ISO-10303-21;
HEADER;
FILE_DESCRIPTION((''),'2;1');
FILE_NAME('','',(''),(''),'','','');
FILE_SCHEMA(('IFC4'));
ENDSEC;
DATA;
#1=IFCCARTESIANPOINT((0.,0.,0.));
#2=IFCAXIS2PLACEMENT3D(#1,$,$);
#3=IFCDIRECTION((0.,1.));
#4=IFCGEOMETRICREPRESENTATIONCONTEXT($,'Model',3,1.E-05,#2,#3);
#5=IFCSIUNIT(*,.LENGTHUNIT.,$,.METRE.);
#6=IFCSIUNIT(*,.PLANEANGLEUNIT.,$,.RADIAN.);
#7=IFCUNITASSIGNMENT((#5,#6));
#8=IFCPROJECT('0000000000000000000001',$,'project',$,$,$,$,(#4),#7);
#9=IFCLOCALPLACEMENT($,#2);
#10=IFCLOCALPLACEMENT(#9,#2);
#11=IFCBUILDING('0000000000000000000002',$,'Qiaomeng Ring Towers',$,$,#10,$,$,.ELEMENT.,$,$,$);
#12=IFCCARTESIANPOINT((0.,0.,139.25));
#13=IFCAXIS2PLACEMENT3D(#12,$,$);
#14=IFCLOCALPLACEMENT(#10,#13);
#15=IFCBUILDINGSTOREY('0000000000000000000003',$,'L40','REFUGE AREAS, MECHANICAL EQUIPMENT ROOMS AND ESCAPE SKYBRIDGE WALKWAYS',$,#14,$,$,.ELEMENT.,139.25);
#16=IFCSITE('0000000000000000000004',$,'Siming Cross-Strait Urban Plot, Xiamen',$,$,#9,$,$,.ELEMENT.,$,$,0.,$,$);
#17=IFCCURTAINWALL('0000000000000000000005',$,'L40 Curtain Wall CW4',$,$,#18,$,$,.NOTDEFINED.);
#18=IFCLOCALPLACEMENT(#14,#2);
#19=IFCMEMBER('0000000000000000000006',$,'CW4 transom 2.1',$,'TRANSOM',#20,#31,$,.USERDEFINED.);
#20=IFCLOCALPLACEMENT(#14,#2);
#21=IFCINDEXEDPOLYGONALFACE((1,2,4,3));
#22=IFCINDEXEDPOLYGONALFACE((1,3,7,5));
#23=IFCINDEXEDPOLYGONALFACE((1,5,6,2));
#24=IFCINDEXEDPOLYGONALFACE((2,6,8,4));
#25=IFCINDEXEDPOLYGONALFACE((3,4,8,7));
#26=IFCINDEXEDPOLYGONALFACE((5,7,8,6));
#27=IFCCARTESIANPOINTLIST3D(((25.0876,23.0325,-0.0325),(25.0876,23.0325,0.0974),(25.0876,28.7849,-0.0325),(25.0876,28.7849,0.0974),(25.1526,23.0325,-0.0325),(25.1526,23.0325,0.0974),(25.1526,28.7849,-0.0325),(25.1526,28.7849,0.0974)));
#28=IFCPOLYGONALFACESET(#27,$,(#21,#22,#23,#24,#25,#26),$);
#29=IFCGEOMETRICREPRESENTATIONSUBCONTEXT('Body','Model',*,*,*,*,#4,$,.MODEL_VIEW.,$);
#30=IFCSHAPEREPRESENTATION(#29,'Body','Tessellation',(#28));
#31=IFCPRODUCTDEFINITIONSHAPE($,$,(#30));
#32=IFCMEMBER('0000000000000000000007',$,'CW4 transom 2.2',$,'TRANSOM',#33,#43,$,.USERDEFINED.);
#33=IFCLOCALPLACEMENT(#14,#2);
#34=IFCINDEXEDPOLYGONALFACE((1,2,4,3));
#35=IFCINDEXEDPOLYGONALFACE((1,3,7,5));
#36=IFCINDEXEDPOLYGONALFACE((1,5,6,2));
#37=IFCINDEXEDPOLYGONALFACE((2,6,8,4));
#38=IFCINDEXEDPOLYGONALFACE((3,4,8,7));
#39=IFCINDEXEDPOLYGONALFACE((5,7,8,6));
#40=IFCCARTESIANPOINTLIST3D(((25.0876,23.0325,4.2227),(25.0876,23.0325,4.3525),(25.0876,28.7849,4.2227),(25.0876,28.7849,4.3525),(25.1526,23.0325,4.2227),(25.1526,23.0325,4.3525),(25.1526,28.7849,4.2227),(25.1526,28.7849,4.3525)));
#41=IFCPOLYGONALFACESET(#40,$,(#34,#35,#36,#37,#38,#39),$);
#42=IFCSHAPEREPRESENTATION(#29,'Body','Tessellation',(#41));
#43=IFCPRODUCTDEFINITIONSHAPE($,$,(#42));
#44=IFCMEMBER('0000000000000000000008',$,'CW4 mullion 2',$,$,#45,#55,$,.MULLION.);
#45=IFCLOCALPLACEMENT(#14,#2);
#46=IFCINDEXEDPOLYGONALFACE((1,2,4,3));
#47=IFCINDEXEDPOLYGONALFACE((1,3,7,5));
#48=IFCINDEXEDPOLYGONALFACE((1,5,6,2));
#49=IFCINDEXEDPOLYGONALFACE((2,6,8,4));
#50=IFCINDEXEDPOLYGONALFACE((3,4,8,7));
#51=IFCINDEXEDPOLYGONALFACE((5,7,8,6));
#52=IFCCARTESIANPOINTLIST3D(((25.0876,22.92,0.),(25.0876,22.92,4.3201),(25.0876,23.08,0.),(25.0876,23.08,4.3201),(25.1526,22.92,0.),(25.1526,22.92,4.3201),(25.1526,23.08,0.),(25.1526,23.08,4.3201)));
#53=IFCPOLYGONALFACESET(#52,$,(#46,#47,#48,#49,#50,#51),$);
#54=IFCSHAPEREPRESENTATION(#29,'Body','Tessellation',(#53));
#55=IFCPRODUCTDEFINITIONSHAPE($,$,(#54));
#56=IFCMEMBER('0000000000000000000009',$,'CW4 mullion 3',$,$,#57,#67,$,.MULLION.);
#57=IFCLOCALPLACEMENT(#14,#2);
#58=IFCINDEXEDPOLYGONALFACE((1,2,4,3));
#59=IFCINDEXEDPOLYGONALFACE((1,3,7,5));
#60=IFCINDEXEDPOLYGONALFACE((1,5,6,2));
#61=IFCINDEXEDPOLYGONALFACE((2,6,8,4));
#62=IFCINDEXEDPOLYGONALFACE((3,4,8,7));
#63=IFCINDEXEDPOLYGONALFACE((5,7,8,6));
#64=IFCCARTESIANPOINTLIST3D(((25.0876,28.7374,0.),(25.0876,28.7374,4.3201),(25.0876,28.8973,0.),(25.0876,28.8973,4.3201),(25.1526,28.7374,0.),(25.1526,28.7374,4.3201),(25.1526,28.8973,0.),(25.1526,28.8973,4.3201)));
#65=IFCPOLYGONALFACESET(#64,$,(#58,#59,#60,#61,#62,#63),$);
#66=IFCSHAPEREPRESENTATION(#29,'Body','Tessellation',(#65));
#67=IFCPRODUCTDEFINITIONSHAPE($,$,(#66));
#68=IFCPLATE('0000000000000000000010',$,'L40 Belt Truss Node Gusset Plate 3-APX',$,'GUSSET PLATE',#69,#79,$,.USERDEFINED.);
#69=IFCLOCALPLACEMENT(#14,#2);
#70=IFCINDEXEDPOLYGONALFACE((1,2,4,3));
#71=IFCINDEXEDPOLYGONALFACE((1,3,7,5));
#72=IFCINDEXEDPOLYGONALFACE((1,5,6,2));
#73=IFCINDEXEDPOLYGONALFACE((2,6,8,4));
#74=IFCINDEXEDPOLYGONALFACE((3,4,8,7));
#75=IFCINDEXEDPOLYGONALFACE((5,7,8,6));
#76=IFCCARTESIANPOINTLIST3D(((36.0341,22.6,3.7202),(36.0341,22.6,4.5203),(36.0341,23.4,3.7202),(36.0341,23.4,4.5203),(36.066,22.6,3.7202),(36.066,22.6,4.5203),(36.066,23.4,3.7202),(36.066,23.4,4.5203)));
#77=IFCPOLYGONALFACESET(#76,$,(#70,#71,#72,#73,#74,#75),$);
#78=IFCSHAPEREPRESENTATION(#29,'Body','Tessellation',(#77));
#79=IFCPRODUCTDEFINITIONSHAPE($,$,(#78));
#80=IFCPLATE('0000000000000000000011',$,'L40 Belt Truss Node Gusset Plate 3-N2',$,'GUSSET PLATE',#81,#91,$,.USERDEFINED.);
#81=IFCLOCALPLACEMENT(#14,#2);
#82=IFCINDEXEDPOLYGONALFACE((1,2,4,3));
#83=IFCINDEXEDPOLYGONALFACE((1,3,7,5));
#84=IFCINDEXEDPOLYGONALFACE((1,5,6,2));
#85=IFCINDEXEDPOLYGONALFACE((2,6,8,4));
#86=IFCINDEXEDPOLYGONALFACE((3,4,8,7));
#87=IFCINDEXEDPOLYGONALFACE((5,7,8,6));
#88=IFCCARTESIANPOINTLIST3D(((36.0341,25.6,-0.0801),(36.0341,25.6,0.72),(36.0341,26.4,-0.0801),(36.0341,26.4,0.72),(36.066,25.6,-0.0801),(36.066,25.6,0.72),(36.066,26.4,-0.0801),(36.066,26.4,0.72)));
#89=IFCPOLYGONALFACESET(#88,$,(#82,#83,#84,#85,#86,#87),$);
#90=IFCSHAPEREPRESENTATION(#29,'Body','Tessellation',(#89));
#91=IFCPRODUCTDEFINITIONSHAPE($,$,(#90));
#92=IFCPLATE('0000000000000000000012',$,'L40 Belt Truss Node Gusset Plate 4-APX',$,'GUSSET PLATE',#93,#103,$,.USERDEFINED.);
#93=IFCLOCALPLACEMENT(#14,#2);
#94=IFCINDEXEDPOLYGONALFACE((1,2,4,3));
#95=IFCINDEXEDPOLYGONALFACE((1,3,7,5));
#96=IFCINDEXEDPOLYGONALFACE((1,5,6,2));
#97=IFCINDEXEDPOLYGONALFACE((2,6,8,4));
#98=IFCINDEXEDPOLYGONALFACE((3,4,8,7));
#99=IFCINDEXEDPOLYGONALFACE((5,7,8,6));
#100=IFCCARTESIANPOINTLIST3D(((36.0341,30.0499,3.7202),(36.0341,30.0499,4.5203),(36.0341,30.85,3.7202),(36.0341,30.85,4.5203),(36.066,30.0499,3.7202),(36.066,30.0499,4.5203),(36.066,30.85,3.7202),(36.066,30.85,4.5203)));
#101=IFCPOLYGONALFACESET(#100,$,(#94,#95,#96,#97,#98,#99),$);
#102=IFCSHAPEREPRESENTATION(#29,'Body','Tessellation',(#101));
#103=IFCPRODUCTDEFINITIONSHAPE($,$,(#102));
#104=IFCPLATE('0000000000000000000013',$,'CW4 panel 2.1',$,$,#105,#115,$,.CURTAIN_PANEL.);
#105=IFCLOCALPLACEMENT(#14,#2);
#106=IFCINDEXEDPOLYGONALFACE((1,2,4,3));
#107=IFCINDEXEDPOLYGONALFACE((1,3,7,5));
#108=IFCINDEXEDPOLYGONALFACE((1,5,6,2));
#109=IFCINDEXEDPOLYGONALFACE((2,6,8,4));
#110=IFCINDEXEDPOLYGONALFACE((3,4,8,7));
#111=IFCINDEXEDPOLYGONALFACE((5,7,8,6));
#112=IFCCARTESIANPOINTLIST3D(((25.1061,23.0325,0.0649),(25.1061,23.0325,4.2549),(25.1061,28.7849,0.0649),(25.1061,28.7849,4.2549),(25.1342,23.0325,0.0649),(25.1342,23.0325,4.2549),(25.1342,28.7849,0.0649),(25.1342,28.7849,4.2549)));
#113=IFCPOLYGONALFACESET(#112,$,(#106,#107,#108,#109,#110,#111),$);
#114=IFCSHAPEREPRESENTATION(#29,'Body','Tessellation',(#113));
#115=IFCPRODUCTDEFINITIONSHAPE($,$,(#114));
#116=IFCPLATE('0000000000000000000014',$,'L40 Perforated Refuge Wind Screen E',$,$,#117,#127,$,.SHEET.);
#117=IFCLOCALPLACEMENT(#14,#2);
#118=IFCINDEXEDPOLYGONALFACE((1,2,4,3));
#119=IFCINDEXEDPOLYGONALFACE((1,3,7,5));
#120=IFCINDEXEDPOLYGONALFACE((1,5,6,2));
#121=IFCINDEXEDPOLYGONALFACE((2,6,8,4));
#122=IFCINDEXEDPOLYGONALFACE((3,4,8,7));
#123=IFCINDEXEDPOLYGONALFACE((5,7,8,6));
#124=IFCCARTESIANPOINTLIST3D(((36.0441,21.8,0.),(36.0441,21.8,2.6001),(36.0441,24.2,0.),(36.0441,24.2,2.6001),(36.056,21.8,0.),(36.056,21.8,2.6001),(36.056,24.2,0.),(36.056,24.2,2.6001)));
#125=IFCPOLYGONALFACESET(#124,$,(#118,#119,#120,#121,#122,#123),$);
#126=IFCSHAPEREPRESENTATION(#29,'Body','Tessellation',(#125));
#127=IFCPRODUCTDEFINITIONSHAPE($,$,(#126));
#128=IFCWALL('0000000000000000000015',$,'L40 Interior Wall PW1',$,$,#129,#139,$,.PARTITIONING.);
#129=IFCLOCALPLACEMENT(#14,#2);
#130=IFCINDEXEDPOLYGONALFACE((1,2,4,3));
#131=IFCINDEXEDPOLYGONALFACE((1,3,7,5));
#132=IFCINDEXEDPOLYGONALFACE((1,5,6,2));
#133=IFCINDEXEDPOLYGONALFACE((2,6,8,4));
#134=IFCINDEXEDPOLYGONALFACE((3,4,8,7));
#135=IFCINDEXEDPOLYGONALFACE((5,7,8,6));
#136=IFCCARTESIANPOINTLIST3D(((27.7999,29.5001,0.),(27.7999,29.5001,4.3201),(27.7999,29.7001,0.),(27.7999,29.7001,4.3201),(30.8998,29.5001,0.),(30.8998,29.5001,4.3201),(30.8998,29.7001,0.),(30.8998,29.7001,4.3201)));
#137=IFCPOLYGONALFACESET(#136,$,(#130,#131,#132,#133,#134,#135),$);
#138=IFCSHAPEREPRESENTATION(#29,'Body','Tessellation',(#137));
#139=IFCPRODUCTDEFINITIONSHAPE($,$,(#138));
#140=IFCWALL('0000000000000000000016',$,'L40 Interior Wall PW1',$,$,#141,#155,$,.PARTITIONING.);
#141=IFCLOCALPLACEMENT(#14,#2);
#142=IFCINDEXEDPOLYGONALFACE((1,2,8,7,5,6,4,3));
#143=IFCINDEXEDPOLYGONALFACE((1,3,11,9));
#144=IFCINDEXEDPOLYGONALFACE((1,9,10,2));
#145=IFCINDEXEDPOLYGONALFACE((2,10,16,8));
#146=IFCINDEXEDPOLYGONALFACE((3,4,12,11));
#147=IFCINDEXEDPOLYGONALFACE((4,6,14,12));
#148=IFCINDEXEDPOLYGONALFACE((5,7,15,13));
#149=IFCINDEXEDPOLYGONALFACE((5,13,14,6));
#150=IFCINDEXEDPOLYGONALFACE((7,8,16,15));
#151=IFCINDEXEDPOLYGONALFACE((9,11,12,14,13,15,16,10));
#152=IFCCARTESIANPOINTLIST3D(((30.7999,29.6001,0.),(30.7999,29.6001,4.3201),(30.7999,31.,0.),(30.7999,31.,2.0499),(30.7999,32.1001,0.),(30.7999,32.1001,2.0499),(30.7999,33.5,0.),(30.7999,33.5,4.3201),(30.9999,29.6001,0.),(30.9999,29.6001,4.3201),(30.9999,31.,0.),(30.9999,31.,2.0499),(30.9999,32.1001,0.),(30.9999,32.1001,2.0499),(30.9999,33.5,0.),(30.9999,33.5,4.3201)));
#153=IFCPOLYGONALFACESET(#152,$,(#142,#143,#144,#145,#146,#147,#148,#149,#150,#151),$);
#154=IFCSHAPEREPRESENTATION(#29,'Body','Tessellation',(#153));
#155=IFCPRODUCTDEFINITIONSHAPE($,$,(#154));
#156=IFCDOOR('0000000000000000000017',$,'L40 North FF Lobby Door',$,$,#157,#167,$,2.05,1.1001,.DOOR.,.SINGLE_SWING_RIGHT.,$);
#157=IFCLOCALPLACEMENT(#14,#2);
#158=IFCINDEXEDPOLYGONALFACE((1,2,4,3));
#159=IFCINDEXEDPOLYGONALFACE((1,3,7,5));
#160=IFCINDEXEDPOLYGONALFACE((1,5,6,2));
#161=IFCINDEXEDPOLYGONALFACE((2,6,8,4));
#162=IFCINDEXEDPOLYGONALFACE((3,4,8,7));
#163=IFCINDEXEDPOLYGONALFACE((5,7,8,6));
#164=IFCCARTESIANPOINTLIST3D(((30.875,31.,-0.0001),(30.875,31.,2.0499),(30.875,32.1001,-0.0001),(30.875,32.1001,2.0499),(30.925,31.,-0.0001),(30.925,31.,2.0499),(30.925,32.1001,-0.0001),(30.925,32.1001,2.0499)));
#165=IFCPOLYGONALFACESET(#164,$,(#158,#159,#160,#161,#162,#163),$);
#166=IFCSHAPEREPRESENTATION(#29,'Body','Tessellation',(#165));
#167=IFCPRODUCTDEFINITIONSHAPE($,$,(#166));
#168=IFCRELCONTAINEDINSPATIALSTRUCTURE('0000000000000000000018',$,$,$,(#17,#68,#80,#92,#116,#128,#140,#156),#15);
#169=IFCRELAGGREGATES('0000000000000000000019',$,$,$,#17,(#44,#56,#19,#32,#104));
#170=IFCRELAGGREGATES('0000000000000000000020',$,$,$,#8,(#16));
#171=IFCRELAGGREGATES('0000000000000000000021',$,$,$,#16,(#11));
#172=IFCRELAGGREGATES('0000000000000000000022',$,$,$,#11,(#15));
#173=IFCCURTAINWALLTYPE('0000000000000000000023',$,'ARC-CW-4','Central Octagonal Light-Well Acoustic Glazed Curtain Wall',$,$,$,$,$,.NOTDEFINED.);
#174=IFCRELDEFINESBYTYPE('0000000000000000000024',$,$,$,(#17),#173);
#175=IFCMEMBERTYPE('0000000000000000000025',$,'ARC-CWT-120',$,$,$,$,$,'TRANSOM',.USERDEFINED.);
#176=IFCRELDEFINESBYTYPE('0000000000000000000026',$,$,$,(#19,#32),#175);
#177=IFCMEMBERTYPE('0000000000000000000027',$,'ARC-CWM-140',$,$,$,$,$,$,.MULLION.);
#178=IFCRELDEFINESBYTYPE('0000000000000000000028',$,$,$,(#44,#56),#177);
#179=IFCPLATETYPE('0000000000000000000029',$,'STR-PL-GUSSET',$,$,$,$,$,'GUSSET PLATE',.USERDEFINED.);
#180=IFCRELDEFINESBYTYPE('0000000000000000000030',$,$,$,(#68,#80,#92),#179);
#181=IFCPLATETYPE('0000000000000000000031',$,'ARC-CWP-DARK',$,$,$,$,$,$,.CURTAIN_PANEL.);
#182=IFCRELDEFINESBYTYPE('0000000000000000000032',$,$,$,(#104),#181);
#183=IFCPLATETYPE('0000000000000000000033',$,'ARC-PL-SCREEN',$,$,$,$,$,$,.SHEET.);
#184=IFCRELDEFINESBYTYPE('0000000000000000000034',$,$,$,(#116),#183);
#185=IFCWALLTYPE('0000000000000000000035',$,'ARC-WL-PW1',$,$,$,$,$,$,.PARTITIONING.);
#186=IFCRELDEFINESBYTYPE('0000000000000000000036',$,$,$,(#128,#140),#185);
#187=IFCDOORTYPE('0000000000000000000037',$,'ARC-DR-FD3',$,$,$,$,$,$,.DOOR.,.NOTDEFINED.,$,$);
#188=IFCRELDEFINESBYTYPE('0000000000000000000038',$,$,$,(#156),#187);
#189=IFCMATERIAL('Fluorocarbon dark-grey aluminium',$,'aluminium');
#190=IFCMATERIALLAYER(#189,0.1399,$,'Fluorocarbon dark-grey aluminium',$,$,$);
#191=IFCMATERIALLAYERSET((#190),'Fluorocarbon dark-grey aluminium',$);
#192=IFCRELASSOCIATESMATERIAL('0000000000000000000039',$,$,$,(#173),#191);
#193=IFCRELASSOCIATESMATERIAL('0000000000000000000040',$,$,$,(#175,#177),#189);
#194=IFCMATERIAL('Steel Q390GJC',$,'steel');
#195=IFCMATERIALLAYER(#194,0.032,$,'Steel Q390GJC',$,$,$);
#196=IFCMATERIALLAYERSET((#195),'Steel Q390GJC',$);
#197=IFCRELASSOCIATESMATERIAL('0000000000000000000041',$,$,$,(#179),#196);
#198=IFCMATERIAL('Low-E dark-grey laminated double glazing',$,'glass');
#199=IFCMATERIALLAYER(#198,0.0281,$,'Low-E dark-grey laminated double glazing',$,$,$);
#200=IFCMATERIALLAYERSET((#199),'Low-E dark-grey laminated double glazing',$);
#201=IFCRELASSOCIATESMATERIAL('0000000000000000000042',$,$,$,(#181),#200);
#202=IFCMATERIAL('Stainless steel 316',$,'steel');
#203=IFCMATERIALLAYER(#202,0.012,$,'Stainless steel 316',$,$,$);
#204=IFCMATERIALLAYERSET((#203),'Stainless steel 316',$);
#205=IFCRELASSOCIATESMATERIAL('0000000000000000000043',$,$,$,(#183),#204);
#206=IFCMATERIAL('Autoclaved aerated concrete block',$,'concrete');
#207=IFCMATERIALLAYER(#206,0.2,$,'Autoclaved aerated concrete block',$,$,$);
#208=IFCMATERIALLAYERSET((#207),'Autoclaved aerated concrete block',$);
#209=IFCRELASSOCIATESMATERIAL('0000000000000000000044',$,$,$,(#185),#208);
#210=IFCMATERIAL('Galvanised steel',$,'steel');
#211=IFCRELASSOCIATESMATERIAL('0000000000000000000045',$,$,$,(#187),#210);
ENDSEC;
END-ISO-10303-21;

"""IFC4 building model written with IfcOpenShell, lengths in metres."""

from ifc_helpers import new_model, si_unit, direction, frame, frame_2d, origin, origin_2d, place, context, subcontext, project, spatial, rectangle, extrude, source, transform, mapped, material, layer, layer_set, material_profile, profile_set, type_object, element, fill, aggregate, save


model = new_model("IFC4")

# Units and contexts
model_context = context("Model", 3, precision=1e-05, world=origin(), true_north=direction((0.0, 1.0)))
body_context = subcontext(model_context, "Body", "Model", "MODEL_VIEW")
ifc_project = project(units=[si_unit("LENGTHUNIT", "METRE"), si_unit("PLANEANGLEUNIT", "RADIAN")], contexts=[model_context])

# Site, building, storey
site_placement = place(None, origin())
site = spatial("IfcSite", under=ifc_project, at=site_placement, Name="Siming Cross-Strait Urban Plot, Xiamen", CompositionType="ELEMENT", RefElevation=0.0)
building_placement = place(site_placement, origin())
building = spatial("IfcBuilding", under=site, at=building_placement, Name="Qiaomeng Ring Towers", CompositionType="ELEMENT")
storey_placement = place(building_placement, frame((0.0, 0.0, 139.25)))
storey = spatial("IfcBuildingStorey", under=building, at=storey_placement, Name="L40", Description="REFUGE AREAS, MECHANICAL EQUIPMENT ROOMS AND ESCAPE SKYBRIDGE WALKWAYS", CompositionType="ELEMENT", Elevation=139.25)

# Shared definitions
ifc_material_1 = material(Name="Steel Q390GJC", Category="steel")

# Curtain wall, members
ifc_material_2 = material(Name="Fluorocarbon dark-grey aluminium", Category="aluminium")
ifc_layer_1 = layer(ifc_material_2, 0.1399, Name="Fluorocarbon dark-grey aluminium")
ifc_layer_set_1 = layer_set([ifc_layer_1], Name="Fluorocarbon dark-grey aluminium")
curtain_wall_type = type_object("IfcCurtainWallType", Name="ARC-CW-4", Description="Central Octagonal Light-Well Acoustic Glazed Curtain Wall", PredefinedType="NOTDEFINED", material=ifc_layer_set_1)
curtain_wall_placement = place(storey_placement, origin())
curtain_wall = element("IfcCurtainWall", 1, at=curtain_wall_placement, inside=storey, type_object=curtain_wall_type, Name="L40 Curtain Wall CW4", PredefinedType="NOTDEFINED")
ifc_material_profile_1 = material_profile(ifc_material_2, rectangle(XDim=0.0649, YDim=0.1299, at=origin_2d()), Name="ALU TRAN 65x130")
ifc_profile_set_1 = profile_set([ifc_material_profile_1], Name="Fluorocarbon dark-grey aluminium")
member_type_1 = type_object("IfcMemberType", Name="ARC-CWT-120", ElementType="TRANSOM", PredefinedType="USERDEFINED", material=ifc_profile_set_1)
shared_shape_1 = source(origin(), body_context, "Body", "SweptSolid", [
    extrude(rectangle(XDim=0.0649, YDim=0.1299, at=origin_2d()), origin(), (0.0, 0.0, 1.0), 5.7524),
])
member_1_placement = place(storey_placement, frame((25.1201, 23.0325, 0.0325), z_axis=(0.0, 1.0, 0.0), x_axis=(-1.0, 0.0, 0.0)))
member_1 = element("IfcMember", 2, at=member_1_placement, type_object=member_type_1, Name="CW4 transom 2.1", ObjectType="TRANSOM", PredefinedType="USERDEFINED", context=body_context, shape_type="MappedRepresentation", body=[
    mapped(shared_shape_1, transform((0.0, 0.0, 0.0), x_axis=(1.0, 0.0, 0.0), y_axis=(0.0, 1.0, 0.0), z_axis=(0.0, 0.0, 1.0), scale=1.0)),
])
member_2_placement = place(storey_placement, frame((25.1201, 23.0325, 4.2876), z_axis=(0.0, 1.0, 0.0), x_axis=(-1.0, 0.0, 0.0)))
member_2 = element("IfcMember", 3, at=member_2_placement, type_object=member_type_1, Name="CW4 transom 2.2", ObjectType="TRANSOM", PredefinedType="USERDEFINED", context=body_context, shape_type="MappedRepresentation", body=[
    mapped(shared_shape_1, transform((0.0, 0.0, 0.0), x_axis=(1.0, 0.0, 0.0), y_axis=(0.0, 1.0, 0.0), z_axis=(0.0, 0.0, 1.0), scale=1.0)),
])
ifc_material_profile_2 = material_profile(ifc_material_2, rectangle(XDim=0.0649, YDim=0.1599, at=origin_2d()), Name="ALU MULL 65x160")
ifc_profile_set_2 = profile_set([ifc_material_profile_2], Name="Fluorocarbon dark-grey aluminium")
member_type_2 = type_object("IfcMemberType", Name="ARC-CWM-140", PredefinedType="MULLION", material=ifc_profile_set_2)
shared_shape_2 = source(origin(), body_context, "Body", "SweptSolid", [
    extrude(rectangle(XDim=0.0649, YDim=0.1599, at=origin_2d()), origin(), (0.0, 0.0, 1.0), 4.3201),
])
member_3_placement = place(storey_placement, frame((25.1201, 23.0, 0.0), z_axis=(0.0, 0.0, 1.0), x_axis=(-1.0, 0.0, 0.0)))
member_3 = element("IfcMember", 4, at=member_3_placement, type_object=member_type_2, Name="CW4 mullion 2", PredefinedType="MULLION", context=body_context, shape_type="MappedRepresentation", body=[
    mapped(shared_shape_2, transform((0.0, 0.0, 0.0), x_axis=(1.0, 0.0, 0.0), y_axis=(0.0, 1.0, 0.0), z_axis=(0.0, 0.0, 1.0), scale=1.0)),
])
member_4_placement = place(storey_placement, frame((25.1201, 28.8174, 0.0), z_axis=(0.0, 0.0, 1.0), x_axis=(-1.0, 0.0, 0.0)))
member_4 = element("IfcMember", 5, at=member_4_placement, type_object=member_type_2, Name="CW4 mullion 3", PredefinedType="MULLION", context=body_context, shape_type="MappedRepresentation", body=[
    mapped(shared_shape_2, transform((0.0, 0.0, 0.0), x_axis=(1.0, 0.0, 0.0), y_axis=(0.0, 1.0, 0.0), z_axis=(0.0, 0.0, 1.0), scale=1.0)),
])

# Plates
ifc_layer_2 = layer(ifc_material_1, 0.032, Name="Steel Q390GJC")
ifc_layer_set_2 = layer_set([ifc_layer_2], Name="Steel Q390GJC")
plate_type_1 = type_object("IfcPlateType", Name="STR-PL-GUSSET", ElementType="GUSSET PLATE", PredefinedType="USERDEFINED", material=ifc_layer_set_2)
shared_shape_3 = source(origin(), body_context, "Body", "SweptSolid", [
    extrude(rectangle(XDim=0.8, YDim=0.032, at=origin_2d()), origin(), (0.0, 0.0, 1.0), 0.8),
])
for number, where, z_axis, x_axis, name in (
    (6, (36.05, 23.0, 3.7202), (0.0, 0.0, 1.0), (0.0, 1.0, 0.0), "L40 Belt Truss Node Gusset Plate 3-APX"),
    (7, (36.05, 26.0, -0.0801), (0.0, 0.0, 1.0), (0.0, 1.0, 0.0), "L40 Belt Truss Node Gusset Plate 3-N2"),
    (8, (36.05, 30.45, 3.7202), (0.0, 0.0, 1.0), (0.0, 1.0, 0.0), "L40 Belt Truss Node Gusset Plate 4-APX"),
):
    element("IfcPlate", number, at=place(storey_placement, frame(where, z_axis=z_axis, x_axis=x_axis)), inside=storey, type_object=plate_type_1, Name=name, ObjectType="GUSSET PLATE", PredefinedType="USERDEFINED", context=body_context, shape_type="MappedRepresentation", body=[
        mapped(shared_shape_3, transform((0.0, 0.0, 0.0), x_axis=(1.0, 0.0, 0.0), y_axis=(0.0, 1.0, 0.0), z_axis=(0.0, 0.0, 1.0), scale=1.0)),
    ])

# Plates
ifc_material_3 = material(Name="Low-E dark-grey laminated double glazing", Category="glass")
ifc_layer_3 = layer(ifc_material_3, 0.0281, Name="Low-E dark-grey laminated double glazing")
ifc_layer_set_3 = layer_set([ifc_layer_3], Name="Low-E dark-grey laminated double glazing")
plate_type_2 = type_object("IfcPlateType", Name="ARC-CWP-DARK", PredefinedType="CURTAIN_PANEL", material=ifc_layer_set_3)
shared_shape_4 = source(origin(), body_context, "Body", "SweptSolid", [
    extrude(rectangle(XDim=5.7524, YDim=0.0281, at=origin_2d()), origin(), (0.0, 0.0, 1.0), 4.1899),
])
plate_1_placement = place(storey_placement, frame((25.1201, 25.9087, 0.0649), z_axis=(0.0, 0.0, 1.0), x_axis=(0.0, 1.0, 0.0)))
plate_1 = element("IfcPlate", 9, at=plate_1_placement, type_object=plate_type_2, Name="CW4 panel 2.1", PredefinedType="CURTAIN_PANEL", context=body_context, shape_type="MappedRepresentation", body=[
    mapped(shared_shape_4, transform((0.0, 0.0, 0.0), x_axis=(1.0, 0.0, 0.0), y_axis=(0.0, 1.0, 0.0), z_axis=(0.0, 0.0, 1.0), scale=1.0)),
])
aggregate(curtain_wall, [member_3, member_4, member_1, member_2, plate_1])
ifc_material_4 = material(Name="Stainless steel 316", Category="steel")
ifc_layer_4 = layer(ifc_material_4, 0.012, Name="Stainless steel 316")
ifc_layer_set_4 = layer_set([ifc_layer_4], Name="Stainless steel 316")
plate_type_3 = type_object("IfcPlateType", Name="ARC-PL-SCREEN", PredefinedType="SHEET", material=ifc_layer_set_4)
shared_shape_5 = source(origin(), body_context, "Body", "SweptSolid", [
    extrude(rectangle(XDim=2.3999, YDim=0.012, at=origin_2d()), origin(), (0.0, 0.0, 1.0), 2.6001),
])
plate_2_placement = place(storey_placement, frame((36.05, 23.0, 0.0), z_axis=(0.0, 0.0, 1.0), x_axis=(0.0, 1.0, 0.0)))
element("IfcPlate", 10, at=plate_2_placement, inside=storey, type_object=plate_type_3, Name="L40 Perforated Refuge Wind Screen E", PredefinedType="SHEET", context=body_context, shape_type="MappedRepresentation", body=[
    mapped(shared_shape_5, transform((0.0, 0.0, 0.0), x_axis=(1.0, 0.0, 0.0), y_axis=(0.0, 1.0, 0.0), z_axis=(0.0, 0.0, 1.0), scale=1.0)),
])

# Wall
ifc_material_5 = material(Name="Autoclaved aerated concrete block", Category="concrete")
ifc_layer_5 = layer(ifc_material_5, 0.2, Name="Autoclaved aerated concrete block")
ifc_layer_set_5 = layer_set([ifc_layer_5], Name="Autoclaved aerated concrete block")
wall_type_1 = type_object("IfcWallType", Name="ARC-WL-PW1", PredefinedType="PARTITIONING", material=ifc_layer_set_5)
wall_1_placement = place(storey_placement, frame((27.8, 29.6001, 0.0), z_axis=(0.0, 0.0, 1.0), x_axis=(1.0, 0.0, 0.0)))
element("IfcWall", 11, at=wall_1_placement, inside=storey, type_object=wall_type_1, Name="L40 Interior Wall PW1", PredefinedType="PARTITIONING", context=body_context, shape_type="SweptSolid", body=[
    extrude(rectangle(XDim=3.0999, YDim=0.2, at=frame_2d((1.5498, 0.0))), origin(), (0.0, 0.0, 1.0), 4.3201),
])

# Wall, opening, door
wall_2_placement = place(storey_placement, frame((30.8999, 29.6001, 0.0), z_axis=(0.0, 0.0, 1.0), x_axis=(0.0, 1.0, 0.0)))
wall_2 = element("IfcWall", 12, at=wall_2_placement, inside=storey, type_object=wall_type_1, Name="L40 Interior Wall PW1", PredefinedType="PARTITIONING", context=body_context, shape_type="SweptSolid", body=[
    extrude(rectangle(XDim=3.8999, YDim=0.2, at=frame_2d((1.95, 0.0))), origin(), (0.0, 0.0, 1.0), 4.3201),
])
opening_1_placement = place(wall_2_placement, frame((1.3999, 0.0, 0.0)))
opening_1 = element("IfcOpeningElement", 13, at=opening_1_placement, cuts=wall_2, PredefinedType="OPENING", context=body_context, shape_type="SweptSolid", body=[
    extrude(rectangle(XDim=1.1001, YDim=2.05, at=frame_2d((0.55, 1.0249))), frame((0.0, 0.1099, 0.0), z_axis=(0.0, -1.0, 0.0), x_axis=(1.0, 0.0, 0.0)), (0.0, 0.0, 1.0), 0.22),
])
ifc_material_6 = material(Name="Galvanised steel", Category="steel")
door_type_1 = type_object("IfcDoorType", Name="ARC-DR-FD3", OperationType="NOTDEFINED", PredefinedType="DOOR", material=ifc_material_6)
shared_shape_6 = source(origin(), body_context, "Body", "SweptSolid", [
    extrude(rectangle(XDim=1.1001, YDim=2.05, at=frame_2d((0.55, 1.0249))), frame((0.0, 0.0249, 0.0), z_axis=(0.0, -1.0, 0.0), x_axis=(1.0, 0.0, 0.0)), (0.0, 0.0, 1.0), 0.05),
])
door_1_placement = place(opening_1_placement, origin())
door_1 = element("IfcDoor", 14, at=door_1_placement, inside=storey, type_object=door_type_1, Name="L40 North FF Lobby Door", OperationType="SINGLE_SWING_RIGHT", OverallHeight=2.05, OverallWidth=1.1001, PredefinedType="DOOR", context=body_context, shape_type="MappedRepresentation", body=[
    mapped(shared_shape_6, transform((0.0, 0.0, 0.0), x_axis=(1.0, 0.0, 0.0), y_axis=(0.0, 1.0, 0.0), z_axis=(0.0, 0.0, 1.0), scale=1.0)),
])
fill(opening_1, door_1)

save(model, "model.ifc")
